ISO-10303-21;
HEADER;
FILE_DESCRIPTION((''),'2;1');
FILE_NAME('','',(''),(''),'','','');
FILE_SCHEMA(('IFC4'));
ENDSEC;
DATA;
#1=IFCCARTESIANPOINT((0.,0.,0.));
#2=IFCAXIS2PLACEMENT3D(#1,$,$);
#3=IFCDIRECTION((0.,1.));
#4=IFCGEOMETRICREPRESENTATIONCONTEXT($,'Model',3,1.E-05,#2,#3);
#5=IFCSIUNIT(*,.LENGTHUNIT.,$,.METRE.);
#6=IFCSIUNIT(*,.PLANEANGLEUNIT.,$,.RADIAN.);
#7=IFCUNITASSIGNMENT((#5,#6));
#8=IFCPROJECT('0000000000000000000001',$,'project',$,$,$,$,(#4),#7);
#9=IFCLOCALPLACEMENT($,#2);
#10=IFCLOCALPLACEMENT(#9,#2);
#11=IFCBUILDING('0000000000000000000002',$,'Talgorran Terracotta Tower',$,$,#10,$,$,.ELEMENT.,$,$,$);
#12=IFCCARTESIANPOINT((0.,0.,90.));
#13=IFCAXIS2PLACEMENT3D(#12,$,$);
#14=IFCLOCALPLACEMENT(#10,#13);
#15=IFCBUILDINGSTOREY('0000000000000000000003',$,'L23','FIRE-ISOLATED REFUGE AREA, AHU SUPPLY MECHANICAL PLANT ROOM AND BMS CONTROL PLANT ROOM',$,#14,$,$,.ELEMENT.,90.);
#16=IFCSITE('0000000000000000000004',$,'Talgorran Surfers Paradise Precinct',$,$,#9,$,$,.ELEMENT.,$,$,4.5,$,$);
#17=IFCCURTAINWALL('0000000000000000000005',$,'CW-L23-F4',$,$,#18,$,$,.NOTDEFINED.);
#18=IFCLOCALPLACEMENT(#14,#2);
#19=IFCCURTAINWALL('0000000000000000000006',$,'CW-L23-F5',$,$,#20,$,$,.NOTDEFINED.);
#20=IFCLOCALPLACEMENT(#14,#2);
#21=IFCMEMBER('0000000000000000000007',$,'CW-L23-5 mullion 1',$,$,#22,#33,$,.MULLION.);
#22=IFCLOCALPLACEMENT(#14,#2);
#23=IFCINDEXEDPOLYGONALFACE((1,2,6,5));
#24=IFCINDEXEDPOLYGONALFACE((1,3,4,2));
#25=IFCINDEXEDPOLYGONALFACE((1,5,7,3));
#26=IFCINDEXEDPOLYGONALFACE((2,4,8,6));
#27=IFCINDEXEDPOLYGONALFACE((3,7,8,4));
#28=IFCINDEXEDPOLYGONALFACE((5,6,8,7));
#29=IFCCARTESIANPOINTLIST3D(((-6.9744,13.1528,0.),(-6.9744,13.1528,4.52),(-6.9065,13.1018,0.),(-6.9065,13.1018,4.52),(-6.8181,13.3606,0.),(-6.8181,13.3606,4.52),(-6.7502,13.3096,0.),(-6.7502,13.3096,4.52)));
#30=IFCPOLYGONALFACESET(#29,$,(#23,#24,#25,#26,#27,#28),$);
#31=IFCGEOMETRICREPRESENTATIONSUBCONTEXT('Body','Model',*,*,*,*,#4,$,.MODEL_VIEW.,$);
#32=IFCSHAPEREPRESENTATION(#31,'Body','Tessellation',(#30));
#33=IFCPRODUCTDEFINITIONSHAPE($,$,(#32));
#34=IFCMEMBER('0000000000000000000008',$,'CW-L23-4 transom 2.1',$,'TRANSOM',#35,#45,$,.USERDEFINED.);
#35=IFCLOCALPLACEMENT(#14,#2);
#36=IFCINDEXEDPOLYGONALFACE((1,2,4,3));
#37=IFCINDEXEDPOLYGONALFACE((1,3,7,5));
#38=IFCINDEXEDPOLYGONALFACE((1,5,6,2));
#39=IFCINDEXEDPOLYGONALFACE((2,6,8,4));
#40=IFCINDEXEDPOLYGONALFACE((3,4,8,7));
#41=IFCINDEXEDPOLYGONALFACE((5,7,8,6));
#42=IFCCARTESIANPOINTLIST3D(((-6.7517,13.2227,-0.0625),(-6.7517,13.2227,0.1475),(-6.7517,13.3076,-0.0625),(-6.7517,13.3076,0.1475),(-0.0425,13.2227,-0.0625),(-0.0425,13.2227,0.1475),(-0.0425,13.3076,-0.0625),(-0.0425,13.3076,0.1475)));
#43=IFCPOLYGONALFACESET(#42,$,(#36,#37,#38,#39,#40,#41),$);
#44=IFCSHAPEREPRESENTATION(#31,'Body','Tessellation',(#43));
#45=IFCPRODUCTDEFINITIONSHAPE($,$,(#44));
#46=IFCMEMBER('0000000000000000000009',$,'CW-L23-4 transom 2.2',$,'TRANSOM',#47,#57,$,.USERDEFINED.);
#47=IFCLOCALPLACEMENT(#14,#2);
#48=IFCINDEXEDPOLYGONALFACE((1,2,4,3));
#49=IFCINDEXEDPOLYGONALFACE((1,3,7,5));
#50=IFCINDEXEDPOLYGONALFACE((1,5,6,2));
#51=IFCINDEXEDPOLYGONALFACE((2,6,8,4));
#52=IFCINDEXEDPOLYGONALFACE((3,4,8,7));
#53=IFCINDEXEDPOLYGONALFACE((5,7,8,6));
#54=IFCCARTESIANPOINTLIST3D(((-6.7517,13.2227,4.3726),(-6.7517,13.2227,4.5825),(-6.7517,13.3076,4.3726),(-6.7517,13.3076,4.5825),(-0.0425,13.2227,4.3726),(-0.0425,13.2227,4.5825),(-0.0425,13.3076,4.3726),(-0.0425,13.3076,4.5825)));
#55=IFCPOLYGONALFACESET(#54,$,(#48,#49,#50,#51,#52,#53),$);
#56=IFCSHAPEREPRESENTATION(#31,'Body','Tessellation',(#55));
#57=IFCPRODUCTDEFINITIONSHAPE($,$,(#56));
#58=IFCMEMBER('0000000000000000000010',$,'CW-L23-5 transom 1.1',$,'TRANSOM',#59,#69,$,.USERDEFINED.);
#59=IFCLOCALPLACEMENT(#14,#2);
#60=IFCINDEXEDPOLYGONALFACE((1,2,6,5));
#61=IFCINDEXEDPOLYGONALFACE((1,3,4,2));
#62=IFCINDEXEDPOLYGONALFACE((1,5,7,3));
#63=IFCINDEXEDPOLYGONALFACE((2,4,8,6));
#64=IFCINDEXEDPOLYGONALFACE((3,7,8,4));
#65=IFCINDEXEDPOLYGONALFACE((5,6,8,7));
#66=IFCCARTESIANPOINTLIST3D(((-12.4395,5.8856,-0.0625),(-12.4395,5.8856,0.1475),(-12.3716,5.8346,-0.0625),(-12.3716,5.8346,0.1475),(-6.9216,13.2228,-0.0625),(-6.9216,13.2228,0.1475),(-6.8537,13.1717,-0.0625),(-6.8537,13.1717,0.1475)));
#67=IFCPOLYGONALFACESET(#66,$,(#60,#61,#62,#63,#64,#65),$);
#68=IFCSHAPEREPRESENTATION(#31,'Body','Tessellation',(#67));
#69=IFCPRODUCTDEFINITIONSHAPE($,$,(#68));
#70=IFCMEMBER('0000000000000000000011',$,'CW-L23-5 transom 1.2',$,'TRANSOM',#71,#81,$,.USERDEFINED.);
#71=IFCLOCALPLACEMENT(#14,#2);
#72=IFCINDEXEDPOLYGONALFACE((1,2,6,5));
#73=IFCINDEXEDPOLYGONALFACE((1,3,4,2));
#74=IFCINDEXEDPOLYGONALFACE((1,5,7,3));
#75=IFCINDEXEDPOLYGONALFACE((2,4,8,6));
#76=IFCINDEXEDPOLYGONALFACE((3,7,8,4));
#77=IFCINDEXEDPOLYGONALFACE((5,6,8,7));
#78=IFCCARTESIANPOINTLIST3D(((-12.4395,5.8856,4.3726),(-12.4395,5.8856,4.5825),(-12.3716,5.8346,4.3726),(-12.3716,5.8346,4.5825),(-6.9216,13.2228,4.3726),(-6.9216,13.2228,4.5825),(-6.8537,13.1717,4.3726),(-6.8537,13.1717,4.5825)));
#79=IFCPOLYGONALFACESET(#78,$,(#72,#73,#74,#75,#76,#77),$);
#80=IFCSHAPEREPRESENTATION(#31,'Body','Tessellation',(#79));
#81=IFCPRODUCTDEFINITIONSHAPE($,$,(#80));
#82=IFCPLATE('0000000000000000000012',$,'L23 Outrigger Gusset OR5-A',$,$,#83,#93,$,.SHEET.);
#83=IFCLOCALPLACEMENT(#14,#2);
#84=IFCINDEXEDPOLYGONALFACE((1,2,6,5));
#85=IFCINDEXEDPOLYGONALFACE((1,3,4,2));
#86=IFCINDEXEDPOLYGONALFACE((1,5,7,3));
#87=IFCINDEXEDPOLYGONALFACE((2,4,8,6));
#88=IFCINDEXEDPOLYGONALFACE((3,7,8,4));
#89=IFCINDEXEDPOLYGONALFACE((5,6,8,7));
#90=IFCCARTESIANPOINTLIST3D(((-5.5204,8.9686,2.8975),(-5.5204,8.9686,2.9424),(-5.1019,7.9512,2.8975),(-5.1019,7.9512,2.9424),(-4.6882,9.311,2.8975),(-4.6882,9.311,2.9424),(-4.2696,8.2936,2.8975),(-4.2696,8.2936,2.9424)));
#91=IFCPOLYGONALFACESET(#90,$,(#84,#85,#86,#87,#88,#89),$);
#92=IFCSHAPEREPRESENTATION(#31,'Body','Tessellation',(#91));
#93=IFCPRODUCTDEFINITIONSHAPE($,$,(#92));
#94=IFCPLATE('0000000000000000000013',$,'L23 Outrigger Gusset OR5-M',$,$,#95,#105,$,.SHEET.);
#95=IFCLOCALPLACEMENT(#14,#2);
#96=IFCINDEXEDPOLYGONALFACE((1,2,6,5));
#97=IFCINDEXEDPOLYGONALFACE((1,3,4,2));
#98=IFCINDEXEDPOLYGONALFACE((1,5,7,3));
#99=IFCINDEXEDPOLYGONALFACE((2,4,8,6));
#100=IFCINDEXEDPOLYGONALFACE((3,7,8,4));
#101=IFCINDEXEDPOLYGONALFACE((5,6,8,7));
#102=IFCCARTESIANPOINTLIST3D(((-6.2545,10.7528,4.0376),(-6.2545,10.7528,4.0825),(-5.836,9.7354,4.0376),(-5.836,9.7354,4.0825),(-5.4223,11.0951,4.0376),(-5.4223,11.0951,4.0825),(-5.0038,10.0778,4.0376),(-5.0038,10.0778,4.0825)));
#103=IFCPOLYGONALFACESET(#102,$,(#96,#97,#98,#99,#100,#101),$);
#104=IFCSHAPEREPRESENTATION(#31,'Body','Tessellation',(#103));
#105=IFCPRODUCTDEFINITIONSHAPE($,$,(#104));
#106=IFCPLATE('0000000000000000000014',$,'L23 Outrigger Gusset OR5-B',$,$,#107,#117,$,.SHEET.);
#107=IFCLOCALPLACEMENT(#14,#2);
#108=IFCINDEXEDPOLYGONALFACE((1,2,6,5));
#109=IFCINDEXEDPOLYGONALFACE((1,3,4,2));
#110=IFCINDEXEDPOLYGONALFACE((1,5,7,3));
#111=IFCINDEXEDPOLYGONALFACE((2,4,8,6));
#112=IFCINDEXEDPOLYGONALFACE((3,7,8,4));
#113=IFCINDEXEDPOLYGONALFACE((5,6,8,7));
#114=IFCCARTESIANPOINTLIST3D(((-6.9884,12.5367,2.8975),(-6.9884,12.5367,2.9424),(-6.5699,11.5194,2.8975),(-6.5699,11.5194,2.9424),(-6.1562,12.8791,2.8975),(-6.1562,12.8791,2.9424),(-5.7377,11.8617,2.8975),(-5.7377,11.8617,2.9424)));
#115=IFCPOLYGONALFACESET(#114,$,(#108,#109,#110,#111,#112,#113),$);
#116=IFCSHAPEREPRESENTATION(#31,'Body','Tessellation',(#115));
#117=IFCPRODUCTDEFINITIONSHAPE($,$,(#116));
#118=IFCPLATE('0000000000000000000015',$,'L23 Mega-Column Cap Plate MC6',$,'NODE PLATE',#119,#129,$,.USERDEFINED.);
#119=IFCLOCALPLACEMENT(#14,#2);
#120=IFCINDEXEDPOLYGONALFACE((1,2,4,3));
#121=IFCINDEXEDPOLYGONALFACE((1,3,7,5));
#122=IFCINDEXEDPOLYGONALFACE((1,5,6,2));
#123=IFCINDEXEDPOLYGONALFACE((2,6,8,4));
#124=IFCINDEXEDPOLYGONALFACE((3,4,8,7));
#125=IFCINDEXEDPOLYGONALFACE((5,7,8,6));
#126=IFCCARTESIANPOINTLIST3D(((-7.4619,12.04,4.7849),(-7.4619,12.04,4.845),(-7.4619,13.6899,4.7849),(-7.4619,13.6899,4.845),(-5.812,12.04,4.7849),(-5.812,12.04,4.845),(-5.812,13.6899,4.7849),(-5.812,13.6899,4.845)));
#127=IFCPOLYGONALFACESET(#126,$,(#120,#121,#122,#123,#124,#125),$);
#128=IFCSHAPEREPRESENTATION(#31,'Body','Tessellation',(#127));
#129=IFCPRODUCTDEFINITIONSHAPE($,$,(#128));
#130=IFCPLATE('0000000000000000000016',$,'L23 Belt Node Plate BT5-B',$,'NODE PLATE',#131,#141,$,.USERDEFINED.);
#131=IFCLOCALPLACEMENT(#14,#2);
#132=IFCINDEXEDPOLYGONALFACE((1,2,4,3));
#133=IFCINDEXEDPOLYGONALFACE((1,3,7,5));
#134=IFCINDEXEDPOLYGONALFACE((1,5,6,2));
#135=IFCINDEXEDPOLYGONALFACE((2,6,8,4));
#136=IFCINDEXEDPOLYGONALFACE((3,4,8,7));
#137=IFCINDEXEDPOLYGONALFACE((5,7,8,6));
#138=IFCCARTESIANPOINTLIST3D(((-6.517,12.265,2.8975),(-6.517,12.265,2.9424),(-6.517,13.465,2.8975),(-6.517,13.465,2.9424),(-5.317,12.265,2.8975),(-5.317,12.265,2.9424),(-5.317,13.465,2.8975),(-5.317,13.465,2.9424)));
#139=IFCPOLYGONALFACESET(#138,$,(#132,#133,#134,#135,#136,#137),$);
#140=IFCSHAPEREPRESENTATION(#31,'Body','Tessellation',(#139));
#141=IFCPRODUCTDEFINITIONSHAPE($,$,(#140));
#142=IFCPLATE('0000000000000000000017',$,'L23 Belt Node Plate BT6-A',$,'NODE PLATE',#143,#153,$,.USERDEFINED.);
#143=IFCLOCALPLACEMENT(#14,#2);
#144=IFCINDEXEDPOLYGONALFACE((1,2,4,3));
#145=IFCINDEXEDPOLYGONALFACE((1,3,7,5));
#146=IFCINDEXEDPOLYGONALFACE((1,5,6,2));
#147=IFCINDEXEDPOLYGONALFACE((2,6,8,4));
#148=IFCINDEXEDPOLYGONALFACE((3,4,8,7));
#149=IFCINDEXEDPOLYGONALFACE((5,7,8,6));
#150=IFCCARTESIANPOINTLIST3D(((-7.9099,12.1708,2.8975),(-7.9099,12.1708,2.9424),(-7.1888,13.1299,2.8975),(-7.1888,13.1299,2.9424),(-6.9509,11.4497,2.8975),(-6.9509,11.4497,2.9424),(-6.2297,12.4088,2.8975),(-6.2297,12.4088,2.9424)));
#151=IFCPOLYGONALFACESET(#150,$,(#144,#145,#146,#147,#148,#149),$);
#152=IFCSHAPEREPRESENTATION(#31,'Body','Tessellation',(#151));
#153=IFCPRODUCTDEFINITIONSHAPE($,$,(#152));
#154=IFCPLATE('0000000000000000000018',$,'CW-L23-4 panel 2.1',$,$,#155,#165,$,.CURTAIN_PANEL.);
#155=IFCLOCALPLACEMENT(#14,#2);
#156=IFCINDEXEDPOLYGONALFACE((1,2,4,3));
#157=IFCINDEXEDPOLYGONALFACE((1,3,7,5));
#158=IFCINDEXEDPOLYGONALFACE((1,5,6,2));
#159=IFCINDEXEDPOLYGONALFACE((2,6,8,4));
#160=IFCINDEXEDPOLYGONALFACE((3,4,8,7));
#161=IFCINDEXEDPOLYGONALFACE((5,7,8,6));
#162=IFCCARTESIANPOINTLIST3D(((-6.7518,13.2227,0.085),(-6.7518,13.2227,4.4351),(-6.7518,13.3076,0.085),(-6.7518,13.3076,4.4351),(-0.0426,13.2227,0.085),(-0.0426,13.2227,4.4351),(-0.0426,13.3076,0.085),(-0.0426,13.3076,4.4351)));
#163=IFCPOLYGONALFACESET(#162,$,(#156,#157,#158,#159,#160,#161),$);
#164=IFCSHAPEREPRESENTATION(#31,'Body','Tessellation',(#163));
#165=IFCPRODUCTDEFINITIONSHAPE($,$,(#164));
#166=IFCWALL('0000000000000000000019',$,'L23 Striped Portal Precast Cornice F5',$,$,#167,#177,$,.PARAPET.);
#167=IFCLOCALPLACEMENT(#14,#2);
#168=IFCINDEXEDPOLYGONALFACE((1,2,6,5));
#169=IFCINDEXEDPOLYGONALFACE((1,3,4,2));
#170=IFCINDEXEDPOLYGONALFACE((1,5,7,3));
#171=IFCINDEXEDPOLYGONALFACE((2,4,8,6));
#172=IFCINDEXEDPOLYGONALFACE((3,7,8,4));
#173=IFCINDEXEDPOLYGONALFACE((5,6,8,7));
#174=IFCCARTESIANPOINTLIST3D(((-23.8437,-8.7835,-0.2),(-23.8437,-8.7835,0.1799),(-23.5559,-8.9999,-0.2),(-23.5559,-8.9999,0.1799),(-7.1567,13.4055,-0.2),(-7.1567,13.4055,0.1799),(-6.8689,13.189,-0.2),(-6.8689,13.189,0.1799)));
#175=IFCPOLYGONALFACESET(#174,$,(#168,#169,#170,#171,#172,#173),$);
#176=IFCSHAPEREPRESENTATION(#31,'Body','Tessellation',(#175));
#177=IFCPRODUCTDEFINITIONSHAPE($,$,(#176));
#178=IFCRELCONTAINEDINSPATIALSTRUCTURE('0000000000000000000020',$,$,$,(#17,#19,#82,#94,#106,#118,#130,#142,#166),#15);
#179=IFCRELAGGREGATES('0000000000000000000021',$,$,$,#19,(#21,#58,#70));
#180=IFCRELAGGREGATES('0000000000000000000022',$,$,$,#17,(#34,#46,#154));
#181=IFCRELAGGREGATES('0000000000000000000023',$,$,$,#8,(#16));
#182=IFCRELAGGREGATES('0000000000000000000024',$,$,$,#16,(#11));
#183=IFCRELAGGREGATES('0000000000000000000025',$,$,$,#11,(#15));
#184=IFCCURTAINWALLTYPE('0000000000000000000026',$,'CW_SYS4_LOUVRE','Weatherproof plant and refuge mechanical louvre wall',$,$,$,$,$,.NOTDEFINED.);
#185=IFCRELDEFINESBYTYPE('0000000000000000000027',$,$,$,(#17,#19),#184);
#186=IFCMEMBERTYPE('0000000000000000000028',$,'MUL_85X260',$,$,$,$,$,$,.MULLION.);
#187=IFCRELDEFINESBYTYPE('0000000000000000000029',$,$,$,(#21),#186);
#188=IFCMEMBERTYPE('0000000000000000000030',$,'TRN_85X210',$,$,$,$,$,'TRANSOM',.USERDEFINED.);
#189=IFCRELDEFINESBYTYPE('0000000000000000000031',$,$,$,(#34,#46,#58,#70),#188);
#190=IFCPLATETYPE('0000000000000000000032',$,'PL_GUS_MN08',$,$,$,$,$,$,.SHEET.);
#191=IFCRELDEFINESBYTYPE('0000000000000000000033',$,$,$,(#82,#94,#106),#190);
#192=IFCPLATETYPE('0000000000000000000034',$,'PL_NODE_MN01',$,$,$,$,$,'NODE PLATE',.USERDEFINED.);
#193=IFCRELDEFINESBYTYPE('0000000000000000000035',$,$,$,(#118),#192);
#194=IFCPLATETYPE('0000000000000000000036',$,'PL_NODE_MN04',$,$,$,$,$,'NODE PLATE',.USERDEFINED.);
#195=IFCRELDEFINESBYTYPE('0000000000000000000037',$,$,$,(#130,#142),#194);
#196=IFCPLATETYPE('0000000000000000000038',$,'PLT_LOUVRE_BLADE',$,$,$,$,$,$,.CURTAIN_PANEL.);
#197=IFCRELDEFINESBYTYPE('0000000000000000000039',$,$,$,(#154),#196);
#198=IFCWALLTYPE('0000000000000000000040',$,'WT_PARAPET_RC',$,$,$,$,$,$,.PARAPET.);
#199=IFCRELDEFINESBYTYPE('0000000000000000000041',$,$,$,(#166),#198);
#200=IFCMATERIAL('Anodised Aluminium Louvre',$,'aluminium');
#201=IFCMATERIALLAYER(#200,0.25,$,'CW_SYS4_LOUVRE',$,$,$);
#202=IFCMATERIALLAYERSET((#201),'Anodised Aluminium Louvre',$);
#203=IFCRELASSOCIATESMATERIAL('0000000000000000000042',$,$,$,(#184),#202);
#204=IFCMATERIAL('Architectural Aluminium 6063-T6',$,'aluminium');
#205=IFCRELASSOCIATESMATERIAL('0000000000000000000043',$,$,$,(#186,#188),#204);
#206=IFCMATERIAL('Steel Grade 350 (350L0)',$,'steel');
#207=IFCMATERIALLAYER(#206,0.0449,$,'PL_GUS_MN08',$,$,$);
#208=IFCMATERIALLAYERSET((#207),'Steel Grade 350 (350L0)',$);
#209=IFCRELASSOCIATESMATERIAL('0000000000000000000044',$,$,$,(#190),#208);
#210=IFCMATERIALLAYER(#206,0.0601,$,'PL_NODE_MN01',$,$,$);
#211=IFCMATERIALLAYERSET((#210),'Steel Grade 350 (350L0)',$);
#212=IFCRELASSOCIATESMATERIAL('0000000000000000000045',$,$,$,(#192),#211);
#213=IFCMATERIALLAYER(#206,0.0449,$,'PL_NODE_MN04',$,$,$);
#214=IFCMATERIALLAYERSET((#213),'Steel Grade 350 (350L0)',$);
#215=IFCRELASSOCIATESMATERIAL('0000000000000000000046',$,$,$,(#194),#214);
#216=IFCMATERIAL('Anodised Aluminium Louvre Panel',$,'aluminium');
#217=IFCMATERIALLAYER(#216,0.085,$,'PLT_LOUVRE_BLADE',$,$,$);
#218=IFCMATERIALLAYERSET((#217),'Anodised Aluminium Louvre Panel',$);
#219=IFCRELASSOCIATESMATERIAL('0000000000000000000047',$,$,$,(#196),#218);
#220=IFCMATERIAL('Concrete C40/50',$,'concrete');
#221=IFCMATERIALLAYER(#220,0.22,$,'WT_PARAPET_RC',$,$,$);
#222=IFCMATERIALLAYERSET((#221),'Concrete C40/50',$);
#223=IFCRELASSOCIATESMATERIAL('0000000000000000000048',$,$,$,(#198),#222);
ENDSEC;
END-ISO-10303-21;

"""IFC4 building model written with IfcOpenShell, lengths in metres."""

from ifc_helpers import new_model, si_unit, direction, frame, frame_2d, origin, origin_2d, place, context, subcontext, project, spatial, rectangle, extrude, source, transform, mapped, material, layer, layer_set, material_profile, profile_set, type_object, type_shapes, element, aggregate, save


model = new_model("IFC4")

# Units and contexts
model_context = context("Model", 3, precision=1e-05, world=origin(), true_north=direction((0.0, 1.0)))
body_context = subcontext(model_context, "Body", "Model", "MODEL_VIEW")
ifc_project = project(units=[si_unit("LENGTHUNIT", "METRE"), si_unit("PLANEANGLEUNIT", "RADIAN")], contexts=[model_context])

# Site, building, storey
site_placement = place(None, origin())
site = spatial("IfcSite", under=ifc_project, at=site_placement, Name="Talgorran Surfers Paradise Precinct", CompositionType="ELEMENT", RefElevation=4.5)
building_placement = place(site_placement, origin())
building = spatial("IfcBuilding", under=site, at=building_placement, Name="Talgorran Terracotta Tower", CompositionType="ELEMENT")
storey_placement = place(building_placement, frame((0.0, 0.0, 90.0)))
storey = spatial("IfcBuildingStorey", under=building, at=storey_placement, Name="L23", Description="FIRE-ISOLATED REFUGE AREA, AHU SUPPLY MECHANICAL PLANT ROOM AND BMS CONTROL PLANT ROOM", CompositionType="ELEMENT", Elevation=90.0)

# Shared definitions
ifc_material_1 = material(Name="Steel Grade 350 (350L0)", Category="steel")

# Curtain walls, member
ifc_material_2 = material(Name="Anodised Aluminium Louvre", Category="aluminium")
ifc_layer_1 = layer(ifc_material_2, 0.25, Name="CW_SYS4_LOUVRE")
ifc_layer_set_1 = layer_set([ifc_layer_1], Name="Anodised Aluminium Louvre")
curtain_wall_type = type_object("IfcCurtainWallType", Name="CW_SYS4_LOUVRE", Description="Weatherproof plant and refuge mechanical louvre wall", PredefinedType="NOTDEFINED", material=ifc_layer_set_1)
curtain_wall_1_placement = place(storey_placement, origin())
curtain_wall_1 = element("IfcCurtainWall", 1, at=curtain_wall_1_placement, inside=storey, type_object=curtain_wall_type, Name="CW-L23-F4", PredefinedType="NOTDEFINED")
ifc_material_3 = material(Name="Architectural Aluminium 6063-T6", Category="aluminium")
ifc_material_profile_1 = material_profile(ifc_material_3, rectangle(XDim=0.085, YDim=0.26, at=origin_2d()), Name="CWM85X260")
ifc_profile_set_1 = profile_set([ifc_material_profile_1], Name="Architectural Aluminium 6063-T6")
member_type_1 = type_object("IfcMemberType", Name="MUL_85X260", PredefinedType="MULLION", material=ifc_profile_set_1)
curtain_wall_2_placement = place(storey_placement, origin())
curtain_wall_2 = element("IfcCurtainWall", 2, at=curtain_wall_2_placement, inside=storey, type_object=curtain_wall_type, Name="CW-L23-F5", PredefinedType="NOTDEFINED")
member_1_placement = place(storey_placement, frame((-6.8623, 13.2312, 0.0), z_axis=(0.0, 0.0, 1.0), x_axis=(0.799214, -0.601047, 0.0)))
member_1 = element("IfcMember", 3, at=member_1_placement, type_object=member_type_1, Name="CW-L23-5 mullion 1", PredefinedType="MULLION", context=body_context, shape_type="SweptSolid", body=[
    extrude(rectangle(XDim=0.085, YDim=0.26, at=origin_2d()), origin(), (0.0, 0.0, 1.0), 4.52),
])

# Members
ifc_material_profile_2 = material_profile(ifc_material_3, rectangle(XDim=0.085, YDim=0.21, at=origin_2d()), Name="CWT85X210")
ifc_profile_set_2 = profile_set([ifc_material_profile_2], Name="Architectural Aluminium 6063-T6")
member_type_2 = type_object("IfcMemberType", Name="TRN_85X210", ElementType="TRANSOM", PredefinedType="USERDEFINED", material=ifc_profile_set_2)
member_2_placement = place(storey_placement, frame((-0.0425, 13.2651, 0.0425), z_axis=(-1.0, 0.0, 0.0), x_axis=(0.0, -1.0, 0.0)))
member_2 = element("IfcMember", 4, at=member_2_placement, type_object=member_type_2, Name="CW-L23-4 transom 2.1", ObjectType="TRANSOM", PredefinedType="USERDEFINED", context=body_context, shape_type="SweptSolid", body=[
    extrude(rectangle(XDim=0.085, YDim=0.21, at=origin_2d()), origin(), (0.0, 0.0, 1.0), 6.7092),
])
member_3_placement = place(storey_placement, frame((-0.0425, 13.2651, 4.4775), z_axis=(-1.0, 0.0, 0.0), x_axis=(0.0, -1.0, 0.0)))
member_3 = element("IfcMember", 5, at=member_3_placement, type_object=member_type_2, Name="CW-L23-4 transom 2.2", ObjectType="TRANSOM", PredefinedType="USERDEFINED", context=body_context, shape_type="SweptSolid", body=[
    extrude(rectangle(XDim=0.085, YDim=0.21, at=origin_2d()), origin(), (0.0, 0.0, 1.0), 6.7092),
])
member_4_placement = place(storey_placement, frame((-6.8877, 13.1973, 0.0425), z_axis=(-0.601042, -0.799217, 0.0), x_axis=(0.799217, -0.601042, 0.0)))
member_4 = element("IfcMember", 6, at=member_4_placement, type_object=member_type_2, Name="CW-L23-5 transom 1.1", ObjectType="TRANSOM", PredefinedType="USERDEFINED", context=body_context, shape_type="SweptSolid", body=[
    extrude(rectangle(XDim=0.085, YDim=0.21, at=origin_2d()), origin(), (0.0, 0.0, 1.0), 9.1804),
])
member_5_placement = place(storey_placement, frame((-6.8877, 13.1973, 4.4775), z_axis=(-0.601042, -0.799217, 0.0), x_axis=(0.799217, -0.601042, 0.0)))
member_5 = element("IfcMember", 7, at=member_5_placement, type_object=member_type_2, Name="CW-L23-5 transom 1.2", ObjectType="TRANSOM", PredefinedType="USERDEFINED", context=body_context, shape_type="SweptSolid", body=[
    extrude(rectangle(XDim=0.085, YDim=0.21, at=origin_2d()), origin(), (0.0, 0.0, 1.0), 9.1804),
])
aggregate(curtain_wall_2, [member_1, member_4, member_5])

# Plates
ifc_layer_2 = layer(ifc_material_1, 0.0449, Name="PL_GUS_MN08")
ifc_layer_set_2 = layer_set([ifc_layer_2], Name="Steel Grade 350 (350L0)")
plate_type_1 = type_object("IfcPlateType", Name="PL_GUS_MN08", PredefinedType="SHEET", material=ifc_layer_set_2)
for number, where, z_axis, x_axis, name in (
    (8, (-4.895, 8.6311, 2.8975), (0.0, 0.0, 1.0), (-0.380425, 0.924812, 0.0), "L23 Outrigger Gusset OR5-A"),
    (9, (-5.6292, 10.4153, 4.0376), (0.0, 0.0, 1.0), (-0.380425, 0.924812, 0.0), "L23 Outrigger Gusset OR5-M"),
    (10, (-6.363, 12.1992, 2.8975), (0.0, 0.0, 1.0), (-0.380425, 0.924812, 0.0), "L23 Outrigger Gusset OR5-B"),
):
    element("IfcPlate", number, at=place(storey_placement, frame(where, z_axis=z_axis, x_axis=x_axis)), inside=storey, type_object=plate_type_1, Name=name, PredefinedType="SHEET", context=body_context, shape_type="SweptSolid", body=[
        extrude(rectangle(XDim=1.1001, YDim=0.8999, at=origin_2d()), origin(), (0.0, 0.0, 1.0), 0.0449),
    ])
ifc_layer_3 = layer(ifc_material_1, 0.0601, Name="PL_NODE_MN01")
ifc_layer_set_3 = layer_set([ifc_layer_3], Name="Steel Grade 350 (350L0)")
plate_type_2 = type_object("IfcPlateType", Name="PL_NODE_MN01", ElementType="NODE PLATE", PredefinedType="USERDEFINED", material=ifc_layer_set_3)
plate_1_placement = place(storey_placement, frame((-6.637, 12.865, 4.7849), z_axis=(0.0, 0.0, 1.0), x_axis=(1.0, 0.0, 0.0)))
element("IfcPlate", 11, at=plate_1_placement, inside=storey, type_object=plate_type_2, Name="L23 Mega-Column Cap Plate MC6", ObjectType="NODE PLATE", PredefinedType="USERDEFINED", context=body_context, shape_type="SweptSolid", body=[
    extrude(rectangle(XDim=1.6499, YDim=1.6499, at=origin_2d()), origin(), (0.0, 0.0, 1.0), 0.0601),
])
ifc_layer_4 = layer(ifc_material_1, 0.0449, Name="PL_NODE_MN04")
ifc_layer_set_4 = layer_set([ifc_layer_4], Name="Steel Grade 350 (350L0)")
plate_type_3 = type_object("IfcPlateType", Name="PL_NODE_MN04", ElementType="NODE PLATE", PredefinedType="USERDEFINED", material=ifc_layer_set_4)
for number, where, z_axis, x_axis, name in (
    (12, (-5.917, 12.865, 2.8975), (0.0, 0.0, 1.0), (-1.0, 0.0, 0.0), "L23 Belt Node Plate BT5-B"),
    (13, (-7.0698, 12.2898, 2.8975), (0.0, 0.0, 1.0), (-0.600978, -0.799265, 0.0), "L23 Belt Node Plate BT6-A"),
):
    element("IfcPlate", number, at=place(storey_placement, frame(where, z_axis=z_axis, x_axis=x_axis)), inside=storey, type_object=plate_type_3, Name=name, ObjectType="NODE PLATE", PredefinedType="USERDEFINED", context=body_context, shape_type="SweptSolid", body=[
        extrude(rectangle(XDim=1.2, YDim=1.2, at=origin_2d()), origin(), (0.0, 0.0, 1.0), 0.0449),
    ])

# Plate
ifc_material_4 = material(Name="Anodised Aluminium Louvre Panel", Category="aluminium")
ifc_layer_5 = layer(ifc_material_4, 0.085, Name="PLT_LOUVRE_BLADE")
ifc_layer_set_5 = layer_set([ifc_layer_5], Name="Anodised Aluminium Louvre Panel")
plate_type_4 = type_object("IfcPlateType", Name="PLT_LOUVRE_BLADE", PredefinedType="CURTAIN_PANEL", material=ifc_layer_set_5)
shared_shape = source(origin(), body_context, "Body", "SweptSolid", [
    extrude(rectangle(XDim=6.7092, YDim=0.085, at=origin_2d()), origin(), (0.0, 0.0, 1.0), 4.3501),
])
type_shapes(plate_type_4, [shared_shape])
plate_2_placement = place(storey_placement, frame((-3.3972, 13.2651, 0.085), z_axis=(0.0, 0.0, 1.0), x_axis=(-1.0, 0.0, 0.0)))
plate_2 = element("IfcPlate", 14, at=plate_2_placement, type_object=plate_type_4, Name="CW-L23-4 panel 2.1", PredefinedType="CURTAIN_PANEL", context=body_context, shape_type="MappedRepresentation", body=[
    mapped(shared_shape, transform((0.0, 0.0, 0.0), scale=1.0)),
])
aggregate(curtain_wall_1, [member_2, member_3, plate_2])

# Wall
ifc_material_5 = material(Name="Concrete C40/50", Category="concrete")
ifc_layer_6 = layer(ifc_material_5, 0.22, Name="WT_PARAPET_RC")
ifc_layer_set_6 = layer_set([ifc_layer_6], Name="Concrete C40/50")
wall_type = type_object("IfcWallType", Name="WT_PARAPET_RC", PredefinedType="PARAPET", material=ifc_layer_set_6)
wall_placement = place(storey_placement, frame((-7.0127, 13.2974, -0.2), z_axis=(0.0, 0.0, 1.0), x_axis=(-0.601043, -0.799216, 0.0)))
element("IfcWall", 15, at=wall_placement, inside=storey, type_object=wall_type, Name="L23 Striped Portal Precast Cornice F5", PredefinedType="PARAPET", context=body_context, shape_type="SweptSolid", body=[
    extrude(rectangle(XDim=27.7634, YDim=0.3601, at=frame_2d((13.8818, 0.0))), origin(), (0.0, 0.0, 1.0), 0.3799),
])

save(model, "model.ifc")
